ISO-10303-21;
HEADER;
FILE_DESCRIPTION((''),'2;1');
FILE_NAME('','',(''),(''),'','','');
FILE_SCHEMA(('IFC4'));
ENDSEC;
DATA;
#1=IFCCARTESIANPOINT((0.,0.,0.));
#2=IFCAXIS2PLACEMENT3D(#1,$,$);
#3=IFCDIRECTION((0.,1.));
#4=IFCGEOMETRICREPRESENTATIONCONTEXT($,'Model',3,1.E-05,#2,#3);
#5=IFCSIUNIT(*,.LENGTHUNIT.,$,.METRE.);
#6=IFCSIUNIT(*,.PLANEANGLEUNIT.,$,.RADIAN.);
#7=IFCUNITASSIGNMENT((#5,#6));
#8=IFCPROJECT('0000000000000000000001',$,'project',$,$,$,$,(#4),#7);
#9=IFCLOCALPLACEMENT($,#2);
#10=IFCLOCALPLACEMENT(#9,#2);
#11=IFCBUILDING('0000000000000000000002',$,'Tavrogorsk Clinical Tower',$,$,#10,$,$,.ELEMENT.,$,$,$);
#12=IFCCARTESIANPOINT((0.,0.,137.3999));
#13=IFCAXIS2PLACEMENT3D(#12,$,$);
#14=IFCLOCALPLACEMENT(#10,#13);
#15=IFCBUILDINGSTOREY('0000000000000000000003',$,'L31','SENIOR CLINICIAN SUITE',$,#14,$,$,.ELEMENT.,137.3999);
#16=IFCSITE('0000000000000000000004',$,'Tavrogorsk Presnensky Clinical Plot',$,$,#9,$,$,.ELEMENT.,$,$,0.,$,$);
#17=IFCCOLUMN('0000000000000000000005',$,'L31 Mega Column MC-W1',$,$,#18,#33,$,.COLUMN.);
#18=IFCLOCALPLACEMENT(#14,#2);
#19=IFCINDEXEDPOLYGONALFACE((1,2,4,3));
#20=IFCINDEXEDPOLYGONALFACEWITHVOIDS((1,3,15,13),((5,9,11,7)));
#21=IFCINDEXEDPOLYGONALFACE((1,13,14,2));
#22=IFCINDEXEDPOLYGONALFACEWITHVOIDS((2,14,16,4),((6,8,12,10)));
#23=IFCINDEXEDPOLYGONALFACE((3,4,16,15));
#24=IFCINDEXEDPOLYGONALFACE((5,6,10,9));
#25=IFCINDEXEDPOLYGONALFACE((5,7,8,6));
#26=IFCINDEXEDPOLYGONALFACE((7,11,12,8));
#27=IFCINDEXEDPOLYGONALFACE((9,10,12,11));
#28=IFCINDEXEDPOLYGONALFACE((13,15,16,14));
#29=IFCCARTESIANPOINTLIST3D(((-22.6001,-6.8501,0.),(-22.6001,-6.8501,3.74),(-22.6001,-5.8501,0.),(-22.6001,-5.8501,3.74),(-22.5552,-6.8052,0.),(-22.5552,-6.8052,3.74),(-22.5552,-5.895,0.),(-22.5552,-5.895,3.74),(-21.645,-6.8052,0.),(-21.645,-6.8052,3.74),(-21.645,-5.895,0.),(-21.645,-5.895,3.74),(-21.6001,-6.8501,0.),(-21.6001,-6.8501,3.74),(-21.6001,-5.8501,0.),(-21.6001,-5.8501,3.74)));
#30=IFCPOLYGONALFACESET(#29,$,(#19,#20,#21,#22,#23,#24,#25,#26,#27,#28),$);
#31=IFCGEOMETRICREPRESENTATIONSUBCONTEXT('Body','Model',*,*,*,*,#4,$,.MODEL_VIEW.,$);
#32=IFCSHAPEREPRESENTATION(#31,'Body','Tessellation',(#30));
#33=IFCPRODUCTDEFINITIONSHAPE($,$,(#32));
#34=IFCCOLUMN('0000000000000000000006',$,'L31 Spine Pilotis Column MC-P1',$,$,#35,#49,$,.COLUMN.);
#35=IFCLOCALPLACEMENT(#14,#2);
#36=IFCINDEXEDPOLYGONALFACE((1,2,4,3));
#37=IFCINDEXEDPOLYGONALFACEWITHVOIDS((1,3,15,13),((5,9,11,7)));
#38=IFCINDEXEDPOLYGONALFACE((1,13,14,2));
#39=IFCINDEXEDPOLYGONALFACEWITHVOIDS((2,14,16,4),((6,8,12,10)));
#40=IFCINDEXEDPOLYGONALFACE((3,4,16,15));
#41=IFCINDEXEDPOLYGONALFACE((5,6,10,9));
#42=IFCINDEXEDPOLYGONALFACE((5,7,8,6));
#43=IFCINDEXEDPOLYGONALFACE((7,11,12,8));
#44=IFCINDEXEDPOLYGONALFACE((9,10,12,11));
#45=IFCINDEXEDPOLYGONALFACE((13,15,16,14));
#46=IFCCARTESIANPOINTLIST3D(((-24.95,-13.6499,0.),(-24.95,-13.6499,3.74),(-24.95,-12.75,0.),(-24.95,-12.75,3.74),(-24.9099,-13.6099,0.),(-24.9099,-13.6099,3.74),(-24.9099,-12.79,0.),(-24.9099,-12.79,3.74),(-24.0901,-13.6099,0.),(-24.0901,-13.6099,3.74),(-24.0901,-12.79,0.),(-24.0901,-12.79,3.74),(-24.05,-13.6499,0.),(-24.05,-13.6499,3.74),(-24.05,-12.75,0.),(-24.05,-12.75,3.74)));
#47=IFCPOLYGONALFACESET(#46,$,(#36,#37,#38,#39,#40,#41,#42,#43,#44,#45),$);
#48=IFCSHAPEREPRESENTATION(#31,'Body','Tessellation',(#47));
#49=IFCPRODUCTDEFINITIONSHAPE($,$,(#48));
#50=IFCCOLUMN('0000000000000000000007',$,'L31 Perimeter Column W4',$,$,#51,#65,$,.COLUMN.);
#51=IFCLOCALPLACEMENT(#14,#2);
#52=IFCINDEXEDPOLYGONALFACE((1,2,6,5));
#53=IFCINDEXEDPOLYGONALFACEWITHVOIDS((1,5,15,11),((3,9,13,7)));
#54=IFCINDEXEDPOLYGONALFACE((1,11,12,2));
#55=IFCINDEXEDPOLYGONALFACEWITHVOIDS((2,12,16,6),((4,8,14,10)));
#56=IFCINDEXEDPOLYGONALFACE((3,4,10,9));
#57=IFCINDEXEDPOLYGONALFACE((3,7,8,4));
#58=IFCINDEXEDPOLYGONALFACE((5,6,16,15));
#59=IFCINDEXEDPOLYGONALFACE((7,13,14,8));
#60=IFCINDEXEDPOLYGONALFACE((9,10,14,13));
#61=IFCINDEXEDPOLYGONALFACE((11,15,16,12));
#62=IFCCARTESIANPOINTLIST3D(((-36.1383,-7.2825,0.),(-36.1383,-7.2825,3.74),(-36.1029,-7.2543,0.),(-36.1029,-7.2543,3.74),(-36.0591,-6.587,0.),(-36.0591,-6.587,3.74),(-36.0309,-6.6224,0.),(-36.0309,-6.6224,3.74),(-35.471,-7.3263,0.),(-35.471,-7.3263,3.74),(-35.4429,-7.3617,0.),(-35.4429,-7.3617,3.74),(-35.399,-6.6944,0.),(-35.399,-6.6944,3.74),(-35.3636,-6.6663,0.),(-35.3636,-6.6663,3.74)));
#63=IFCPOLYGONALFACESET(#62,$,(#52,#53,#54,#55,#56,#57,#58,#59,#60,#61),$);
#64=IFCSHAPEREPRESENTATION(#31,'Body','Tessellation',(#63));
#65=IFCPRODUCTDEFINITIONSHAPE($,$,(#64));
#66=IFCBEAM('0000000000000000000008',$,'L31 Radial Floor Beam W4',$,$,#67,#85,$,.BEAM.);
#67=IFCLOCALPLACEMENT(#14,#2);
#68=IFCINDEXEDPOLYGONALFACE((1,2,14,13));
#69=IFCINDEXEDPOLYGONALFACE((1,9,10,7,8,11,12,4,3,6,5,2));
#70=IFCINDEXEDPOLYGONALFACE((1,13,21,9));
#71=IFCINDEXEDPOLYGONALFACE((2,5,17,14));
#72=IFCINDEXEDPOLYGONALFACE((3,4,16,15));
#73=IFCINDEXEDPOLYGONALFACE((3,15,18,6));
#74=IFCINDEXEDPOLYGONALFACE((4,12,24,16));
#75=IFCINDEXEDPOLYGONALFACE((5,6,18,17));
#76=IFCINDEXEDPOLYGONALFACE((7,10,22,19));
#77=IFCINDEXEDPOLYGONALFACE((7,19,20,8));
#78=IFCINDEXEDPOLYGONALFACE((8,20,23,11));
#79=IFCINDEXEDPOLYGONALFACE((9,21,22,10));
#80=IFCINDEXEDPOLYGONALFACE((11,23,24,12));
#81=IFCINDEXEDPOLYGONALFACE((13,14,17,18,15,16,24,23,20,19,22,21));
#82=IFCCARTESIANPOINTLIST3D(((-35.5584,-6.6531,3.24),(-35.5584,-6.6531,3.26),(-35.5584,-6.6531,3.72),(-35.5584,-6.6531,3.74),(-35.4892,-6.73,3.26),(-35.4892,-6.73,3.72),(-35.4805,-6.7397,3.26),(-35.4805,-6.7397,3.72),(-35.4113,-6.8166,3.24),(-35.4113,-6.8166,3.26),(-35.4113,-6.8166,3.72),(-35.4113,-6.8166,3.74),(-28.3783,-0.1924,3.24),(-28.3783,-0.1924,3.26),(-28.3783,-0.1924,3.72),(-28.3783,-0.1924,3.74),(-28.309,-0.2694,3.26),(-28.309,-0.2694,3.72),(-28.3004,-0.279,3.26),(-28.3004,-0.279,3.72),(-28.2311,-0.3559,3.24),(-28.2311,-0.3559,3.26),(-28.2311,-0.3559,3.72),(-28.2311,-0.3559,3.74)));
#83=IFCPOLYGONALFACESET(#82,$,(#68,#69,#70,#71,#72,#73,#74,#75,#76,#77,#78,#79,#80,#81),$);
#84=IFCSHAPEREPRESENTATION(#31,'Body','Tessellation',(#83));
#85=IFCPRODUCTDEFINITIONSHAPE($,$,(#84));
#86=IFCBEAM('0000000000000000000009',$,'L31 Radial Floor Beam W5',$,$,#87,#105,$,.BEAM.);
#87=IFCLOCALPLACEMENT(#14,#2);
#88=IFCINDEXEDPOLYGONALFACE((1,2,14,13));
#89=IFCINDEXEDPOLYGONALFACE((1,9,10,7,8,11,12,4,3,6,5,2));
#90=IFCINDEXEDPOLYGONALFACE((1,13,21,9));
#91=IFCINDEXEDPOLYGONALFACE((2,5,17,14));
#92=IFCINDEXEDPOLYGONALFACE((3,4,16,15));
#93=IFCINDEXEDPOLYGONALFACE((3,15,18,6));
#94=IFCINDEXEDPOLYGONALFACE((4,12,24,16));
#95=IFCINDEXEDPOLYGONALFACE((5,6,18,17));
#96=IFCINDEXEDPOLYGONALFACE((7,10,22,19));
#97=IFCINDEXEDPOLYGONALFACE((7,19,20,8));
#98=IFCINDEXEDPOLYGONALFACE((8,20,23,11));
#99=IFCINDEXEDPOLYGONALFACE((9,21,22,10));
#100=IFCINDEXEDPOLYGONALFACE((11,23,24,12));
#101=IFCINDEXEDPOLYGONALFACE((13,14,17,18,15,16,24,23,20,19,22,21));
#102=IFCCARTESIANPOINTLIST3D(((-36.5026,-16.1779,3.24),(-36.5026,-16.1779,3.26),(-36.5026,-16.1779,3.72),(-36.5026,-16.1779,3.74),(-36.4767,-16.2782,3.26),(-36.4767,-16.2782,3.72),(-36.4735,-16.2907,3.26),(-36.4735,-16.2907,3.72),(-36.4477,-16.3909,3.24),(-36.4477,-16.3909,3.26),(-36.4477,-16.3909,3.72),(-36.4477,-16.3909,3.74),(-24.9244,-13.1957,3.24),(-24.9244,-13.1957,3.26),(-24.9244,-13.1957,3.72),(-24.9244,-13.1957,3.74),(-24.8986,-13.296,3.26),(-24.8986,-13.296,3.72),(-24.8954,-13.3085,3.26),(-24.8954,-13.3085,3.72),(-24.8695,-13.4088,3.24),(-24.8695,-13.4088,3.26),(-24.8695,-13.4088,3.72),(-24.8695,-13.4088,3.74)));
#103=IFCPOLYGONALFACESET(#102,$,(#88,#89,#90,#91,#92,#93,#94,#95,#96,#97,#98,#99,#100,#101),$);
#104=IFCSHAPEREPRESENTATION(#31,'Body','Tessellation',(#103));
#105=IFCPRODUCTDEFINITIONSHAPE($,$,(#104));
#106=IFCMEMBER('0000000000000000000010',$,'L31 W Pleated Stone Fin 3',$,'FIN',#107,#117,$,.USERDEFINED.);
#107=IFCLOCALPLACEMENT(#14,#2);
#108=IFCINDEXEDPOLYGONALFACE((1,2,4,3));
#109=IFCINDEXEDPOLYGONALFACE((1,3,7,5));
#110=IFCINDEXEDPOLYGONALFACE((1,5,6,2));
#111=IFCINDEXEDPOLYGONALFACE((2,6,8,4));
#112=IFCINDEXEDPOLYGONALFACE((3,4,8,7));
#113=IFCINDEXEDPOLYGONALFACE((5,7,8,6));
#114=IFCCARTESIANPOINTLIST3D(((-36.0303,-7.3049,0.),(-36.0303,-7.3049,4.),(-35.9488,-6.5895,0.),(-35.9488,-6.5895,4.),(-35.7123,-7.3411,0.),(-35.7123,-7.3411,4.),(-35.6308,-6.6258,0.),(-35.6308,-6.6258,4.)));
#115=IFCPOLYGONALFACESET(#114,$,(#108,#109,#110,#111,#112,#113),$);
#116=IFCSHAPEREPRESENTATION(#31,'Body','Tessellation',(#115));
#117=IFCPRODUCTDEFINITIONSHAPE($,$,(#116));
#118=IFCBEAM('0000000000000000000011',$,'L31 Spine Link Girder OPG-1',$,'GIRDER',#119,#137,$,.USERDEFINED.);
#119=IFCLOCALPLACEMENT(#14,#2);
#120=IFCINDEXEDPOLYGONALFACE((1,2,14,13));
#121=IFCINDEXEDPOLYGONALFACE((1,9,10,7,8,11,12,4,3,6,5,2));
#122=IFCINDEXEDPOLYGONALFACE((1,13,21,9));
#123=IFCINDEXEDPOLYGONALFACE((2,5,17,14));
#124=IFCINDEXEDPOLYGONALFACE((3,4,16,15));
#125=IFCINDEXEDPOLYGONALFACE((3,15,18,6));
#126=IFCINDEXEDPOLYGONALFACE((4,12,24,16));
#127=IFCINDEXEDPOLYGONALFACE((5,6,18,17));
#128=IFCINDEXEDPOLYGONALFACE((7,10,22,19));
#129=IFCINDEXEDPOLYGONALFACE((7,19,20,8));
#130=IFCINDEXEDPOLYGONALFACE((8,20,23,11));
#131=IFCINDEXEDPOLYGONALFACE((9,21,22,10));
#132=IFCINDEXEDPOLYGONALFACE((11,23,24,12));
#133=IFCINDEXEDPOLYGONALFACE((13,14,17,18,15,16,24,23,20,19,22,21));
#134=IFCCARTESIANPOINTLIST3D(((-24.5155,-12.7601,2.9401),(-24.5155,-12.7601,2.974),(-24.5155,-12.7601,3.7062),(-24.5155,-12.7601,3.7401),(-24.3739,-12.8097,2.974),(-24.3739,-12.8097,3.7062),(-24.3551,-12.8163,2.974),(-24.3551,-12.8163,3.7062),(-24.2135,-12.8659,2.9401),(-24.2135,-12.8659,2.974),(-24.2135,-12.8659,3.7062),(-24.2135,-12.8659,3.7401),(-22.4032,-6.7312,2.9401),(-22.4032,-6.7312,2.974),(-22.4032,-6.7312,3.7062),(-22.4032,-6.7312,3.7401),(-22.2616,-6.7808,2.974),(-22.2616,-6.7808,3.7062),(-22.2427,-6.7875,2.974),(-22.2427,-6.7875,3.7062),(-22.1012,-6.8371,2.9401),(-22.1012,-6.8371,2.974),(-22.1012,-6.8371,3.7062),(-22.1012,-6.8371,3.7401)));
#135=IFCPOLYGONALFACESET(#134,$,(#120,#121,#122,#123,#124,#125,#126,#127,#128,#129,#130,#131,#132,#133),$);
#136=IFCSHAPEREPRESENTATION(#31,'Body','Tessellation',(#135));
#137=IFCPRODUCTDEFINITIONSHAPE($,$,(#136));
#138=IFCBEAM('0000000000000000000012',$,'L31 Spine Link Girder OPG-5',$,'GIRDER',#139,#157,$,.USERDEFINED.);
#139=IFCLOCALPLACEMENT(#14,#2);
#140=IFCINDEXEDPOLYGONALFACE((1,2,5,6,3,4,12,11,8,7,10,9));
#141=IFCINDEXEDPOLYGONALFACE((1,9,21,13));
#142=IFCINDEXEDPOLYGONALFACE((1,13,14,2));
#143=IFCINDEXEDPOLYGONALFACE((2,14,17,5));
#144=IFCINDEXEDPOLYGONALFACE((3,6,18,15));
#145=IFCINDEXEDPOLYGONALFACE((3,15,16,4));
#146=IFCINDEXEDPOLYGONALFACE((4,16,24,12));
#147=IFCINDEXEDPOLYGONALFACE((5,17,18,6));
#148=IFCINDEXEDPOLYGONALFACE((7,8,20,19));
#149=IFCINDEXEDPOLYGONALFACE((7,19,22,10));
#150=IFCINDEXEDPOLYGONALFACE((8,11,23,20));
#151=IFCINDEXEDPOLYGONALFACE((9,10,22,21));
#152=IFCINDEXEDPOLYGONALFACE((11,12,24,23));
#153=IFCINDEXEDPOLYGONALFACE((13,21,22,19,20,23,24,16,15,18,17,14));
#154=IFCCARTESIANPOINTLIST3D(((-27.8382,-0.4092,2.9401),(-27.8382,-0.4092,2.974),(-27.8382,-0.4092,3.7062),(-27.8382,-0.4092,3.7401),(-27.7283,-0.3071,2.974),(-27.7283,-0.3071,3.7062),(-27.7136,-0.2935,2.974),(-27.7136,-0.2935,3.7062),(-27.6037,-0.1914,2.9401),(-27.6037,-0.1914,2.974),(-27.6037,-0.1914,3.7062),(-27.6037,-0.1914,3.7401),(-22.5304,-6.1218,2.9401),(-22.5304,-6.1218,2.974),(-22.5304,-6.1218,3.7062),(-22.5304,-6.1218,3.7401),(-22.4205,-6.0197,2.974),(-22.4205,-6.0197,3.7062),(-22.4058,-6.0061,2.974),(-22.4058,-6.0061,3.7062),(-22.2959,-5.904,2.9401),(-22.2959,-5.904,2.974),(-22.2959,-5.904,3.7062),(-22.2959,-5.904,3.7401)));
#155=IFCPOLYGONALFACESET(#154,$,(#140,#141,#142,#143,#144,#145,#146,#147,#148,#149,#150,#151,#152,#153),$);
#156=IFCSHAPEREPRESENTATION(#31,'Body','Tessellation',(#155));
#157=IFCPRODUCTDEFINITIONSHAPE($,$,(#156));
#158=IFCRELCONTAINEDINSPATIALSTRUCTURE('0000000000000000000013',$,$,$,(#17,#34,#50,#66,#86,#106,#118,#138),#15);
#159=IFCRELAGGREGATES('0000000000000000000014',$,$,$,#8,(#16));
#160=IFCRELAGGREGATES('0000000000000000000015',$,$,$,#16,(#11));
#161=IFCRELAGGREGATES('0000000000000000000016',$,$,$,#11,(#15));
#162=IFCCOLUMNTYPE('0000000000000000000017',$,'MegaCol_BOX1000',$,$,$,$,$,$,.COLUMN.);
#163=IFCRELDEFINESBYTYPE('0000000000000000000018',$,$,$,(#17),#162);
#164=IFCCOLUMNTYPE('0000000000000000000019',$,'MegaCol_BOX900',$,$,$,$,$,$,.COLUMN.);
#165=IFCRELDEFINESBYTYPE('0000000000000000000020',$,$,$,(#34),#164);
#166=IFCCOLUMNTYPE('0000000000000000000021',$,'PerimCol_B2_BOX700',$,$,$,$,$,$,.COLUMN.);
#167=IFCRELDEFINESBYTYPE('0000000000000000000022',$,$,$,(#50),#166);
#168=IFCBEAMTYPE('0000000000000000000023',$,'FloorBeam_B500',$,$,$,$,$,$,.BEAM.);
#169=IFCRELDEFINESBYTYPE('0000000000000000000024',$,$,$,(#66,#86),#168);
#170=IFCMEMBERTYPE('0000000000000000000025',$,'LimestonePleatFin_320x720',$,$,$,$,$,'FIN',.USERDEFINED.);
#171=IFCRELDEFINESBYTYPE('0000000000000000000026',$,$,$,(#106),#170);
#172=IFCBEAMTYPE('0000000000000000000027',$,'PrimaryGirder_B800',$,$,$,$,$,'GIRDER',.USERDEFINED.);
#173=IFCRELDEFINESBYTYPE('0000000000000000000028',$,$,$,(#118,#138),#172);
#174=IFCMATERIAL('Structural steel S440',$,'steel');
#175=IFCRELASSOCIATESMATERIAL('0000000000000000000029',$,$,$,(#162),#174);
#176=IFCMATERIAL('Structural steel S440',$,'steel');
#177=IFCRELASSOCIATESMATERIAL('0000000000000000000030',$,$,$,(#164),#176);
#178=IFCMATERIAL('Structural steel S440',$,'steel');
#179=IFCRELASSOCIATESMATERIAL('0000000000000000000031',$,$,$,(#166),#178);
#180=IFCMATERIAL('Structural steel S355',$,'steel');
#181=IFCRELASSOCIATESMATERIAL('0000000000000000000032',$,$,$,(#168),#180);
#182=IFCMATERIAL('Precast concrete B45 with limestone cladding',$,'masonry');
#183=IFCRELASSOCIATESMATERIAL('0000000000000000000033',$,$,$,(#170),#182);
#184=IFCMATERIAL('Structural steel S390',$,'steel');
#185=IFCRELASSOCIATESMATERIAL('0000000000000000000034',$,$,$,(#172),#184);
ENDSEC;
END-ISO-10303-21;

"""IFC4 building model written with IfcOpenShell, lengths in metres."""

from ifc_helpers import new_model, si_unit, direction, frame, origin, origin_2d, place, context, subcontext, project, spatial, rectangle, hollow_rectangle, i_section, extrude, material, material_profile, profile_set, type_object, element, save


model = new_model("IFC4")

# Units and contexts
model_context = context("Model", 3, precision=1e-05, world=origin(), true_north=direction((0.0, 1.0)))
body_context = subcontext(model_context, "Body", "Model", "MODEL_VIEW")
ifc_project = project(units=[si_unit("LENGTHUNIT", "METRE"), si_unit("PLANEANGLEUNIT", "RADIAN")], contexts=[model_context])

# Site, building, storey
site_placement = place(None, origin())
site = spatial("IfcSite", under=ifc_project, at=site_placement, Name="Tavrogorsk Presnensky Clinical Plot", CompositionType="ELEMENT", RefElevation=0.0)
building_placement = place(site_placement, origin())
building = spatial("IfcBuilding", under=site, at=building_placement, Name="Tavrogorsk Clinical Tower", CompositionType="ELEMENT")
storey_placement = place(building_placement, frame((0.0, 0.0, 137.3999)))
storey = spatial("IfcBuildingStorey", under=building, at=storey_placement, Name="L31", Description="SENIOR CLINICIAN SUITE", CompositionType="ELEMENT", Elevation=137.3999)

# Columns
ifc_material_1 = material(Name="Structural steel S440", Category="steel")
ifc_material_profile_1 = material_profile(ifc_material_1, hollow_rectangle(XDim=1.0, YDim=1.0, WallThickness=0.0449, at=origin_2d()), Name="BOX-1000x1000x45")
ifc_profile_set_1 = profile_set([ifc_material_profile_1], Name="Structural steel S440")
column_type_1 = type_object("IfcColumnType", Name="MegaCol_BOX1000", PredefinedType="COLUMN", material=ifc_profile_set_1)
column_1_placement = place(storey_placement, frame((-22.1001, -6.3501, 0.0), z_axis=(0.0, 0.0, 1.0), x_axis=(1.0, 0.0, 0.0)))
element("IfcColumn", 1, at=column_1_placement, inside=storey, type_object=column_type_1, Name="L31 Mega Column MC-W1", PredefinedType="COLUMN", context=body_context, shape_type="SweptSolid", body=[
    extrude(hollow_rectangle(XDim=1.0, YDim=1.0, WallThickness=0.0449, at=origin_2d()), origin(), (0.0, 0.0, 1.0), 3.74),
])
ifc_material_2 = material(Name="Structural steel S440", Category="steel")
ifc_material_profile_2 = material_profile(ifc_material_2, hollow_rectangle(XDim=0.8999, YDim=0.8999, WallThickness=0.04, at=origin_2d()), Name="BOX-900x900x40")
ifc_profile_set_2 = profile_set([ifc_material_profile_2], Name="Structural steel S440")
column_type_2 = type_object("IfcColumnType", Name="MegaCol_BOX900", PredefinedType="COLUMN", material=ifc_profile_set_2)
column_2_placement = place(storey_placement, frame((-24.5, -13.2, 0.0), z_axis=(0.0, 0.0, 1.0), x_axis=(1.0, 0.0, 0.0)))
element("IfcColumn", 2, at=column_2_placement, inside=storey, type_object=column_type_2, Name="L31 Spine Pilotis Column MC-P1", PredefinedType="COLUMN", context=body_context, shape_type="SweptSolid", body=[
    extrude(hollow_rectangle(XDim=0.8999, YDim=0.8999, WallThickness=0.04, at=origin_2d()), origin(), (0.0, 0.0, 1.0), 3.74),
])
ifc_material_3 = material(Name="Structural steel S440", Category="steel")
ifc_material_profile_3 = material_profile(ifc_material_3, hollow_rectangle(XDim=0.7, YDim=0.7, WallThickness=0.032, at=origin_2d()), Name="BOX-700x700x32")
ifc_profile_set_3 = profile_set([ifc_material_profile_3], Name="Structural steel S440")
column_type_3 = type_object("IfcColumnType", Name="PerimCol_B2_BOX700", PredefinedType="COLUMN", material=ifc_profile_set_3)
column_3_placement = place(storey_placement, frame((-35.751, -6.9744, 0.0), z_axis=(0.0, 0.0, 1.0), x_axis=(0.993572, -0.113203, 0.0)))
element("IfcColumn", 3, at=column_3_placement, inside=storey, type_object=column_type_3, Name="L31 Perimeter Column W4", PredefinedType="COLUMN", context=body_context, shape_type="SweptSolid", body=[
    extrude(hollow_rectangle(XDim=0.7, YDim=0.7, WallThickness=0.032, at=origin_2d()), origin(), (0.0, 0.0, 1.0), 3.74),
])

# Beams
ifc_material_4 = material(Name="Structural steel S355", Category="steel")
ifc_material_profile_4 = material_profile(ifc_material_4, i_section(OverallWidth=0.22, OverallDepth=0.5, WebThickness=0.0129, FlangeThickness=0.02, at=origin_2d()), Name="B-500x220x13x20")
ifc_profile_set_4 = profile_set([ifc_material_profile_4], Name="Structural steel S355")
beam_type_1 = type_object("IfcBeamType", Name="FloorBeam_B500", PredefinedType="BEAM", material=ifc_profile_set_4)
beam_1_placement = place(storey_placement, frame((-28.3047, -0.2742, 3.49), z_axis=(-0.74337, -0.668881, 0.0), x_axis=(0.668881, -0.74337, 0.0)))
element("IfcBeam", 4, at=beam_1_placement, inside=storey, type_object=beam_type_1, Name="L31 Radial Floor Beam W4", PredefinedType="BEAM", context=body_context, shape_type="SweptSolid", body=[
    extrude(i_section(OverallWidth=0.22, OverallDepth=0.5, WebThickness=0.0129, FlangeThickness=0.02, at=origin_2d()), origin(), (0.0, 0.0, 1.0), 9.6589),
])
beam_2_placement = place(storey_placement, frame((-24.897, -13.3022, 3.49), z_axis=(-0.968393, -0.249429, 0.0), x_axis=(0.249429, -0.968393, 0.0)))
element("IfcBeam", 5, at=beam_2_placement, inside=storey, type_object=beam_type_1, Name="L31 Radial Floor Beam W5", PredefinedType="BEAM", context=body_context, shape_type="SweptSolid", body=[
    extrude(i_section(OverallWidth=0.22, OverallDepth=0.5, WebThickness=0.0129, FlangeThickness=0.02, at=origin_2d()), origin(), (0.0, 0.0, 1.0), 11.9561),
])

# Member
ifc_material_5 = material(Name="Precast concrete B45 with limestone cladding", Category="masonry")
ifc_material_profile_5 = material_profile(ifc_material_5, rectangle(XDim=0.3201, YDim=0.72, at=origin_2d()), Name="LIMESTONE-FIN-320x720")
ifc_profile_set_5 = profile_set([ifc_material_profile_5], Name="Precast concrete B45 with limestone cladding")
member_type = type_object("IfcMemberType", Name="LimestonePleatFin_320x720", ElementType="FIN", PredefinedType="USERDEFINED", material=ifc_profile_set_5)
member_placement = place(storey_placement, frame((-35.8306, -6.9653, 0.0), z_axis=(0.0, 0.0, 1.0), x_axis=(0.993572, -0.113203, 0.0)))
element("IfcMember", 6, at=member_placement, inside=storey, type_object=member_type, Name="L31 W Pleated Stone Fin 3", ObjectType="FIN", PredefinedType="USERDEFINED", context=body_context, shape_type="SweptSolid", body=[
    extrude(rectangle(XDim=0.3201, YDim=0.72, at=origin_2d()), origin(), (0.0, 0.0, 1.0), 4.0),
])

# Beams
ifc_material_6 = material(Name="Structural steel S390", Category="steel")
ifc_material_profile_6 = material_profile(ifc_material_6, i_section(OverallWidth=0.3201, OverallDepth=0.8, WebThickness=0.02, FlangeThickness=0.0339, at=origin_2d()), Name="B-800x320x20x34")
ifc_profile_set_6 = profile_set([ifc_material_profile_6], Name="Structural steel S390")
beam_type_2 = type_object("IfcBeamType", Name="PrimaryGirder_B800", ElementType="GIRDER", PredefinedType="USERDEFINED", material=ifc_profile_set_6)
beam_3_placement = place(storey_placement, frame((-24.3645, -12.813, 3.3401), z_axis=(0.33066, 0.94375, 0.0), x_axis=(-0.94375, 0.33066, 0.0)))
element("IfcBeam", 7, at=beam_3_placement, inside=storey, type_object=beam_type_2, Name="L31 Spine Link Girder OPG-1", ObjectType="GIRDER", PredefinedType="USERDEFINED", context=body_context, shape_type="SweptSolid", body=[
    extrude(i_section(OverallWidth=0.3201, OverallDepth=0.8, WebThickness=0.02, FlangeThickness=0.0339, at=origin_2d()), origin(), (0.0, 0.0, 1.0), 6.3882),
])
beam_4_placement = place(storey_placement, frame((-27.7209, -0.3003, 3.3401), z_axis=(0.680676, -0.732585, 0.0), x_axis=(0.732585, 0.680676, 0.0)))
element("IfcBeam", 8, at=beam_4_placement, inside=storey, type_object=beam_type_2, Name="L31 Spine Link Girder OPG-5", ObjectType="GIRDER", PredefinedType="USERDEFINED", context=body_context, shape_type="SweptSolid", body=[
    extrude(i_section(OverallWidth=0.3201, OverallDepth=0.8, WebThickness=0.02, FlangeThickness=0.0339, at=origin_2d()), origin(), (0.0, 0.0, 1.0), 7.7979),
])

save(model, "model.ifc")
